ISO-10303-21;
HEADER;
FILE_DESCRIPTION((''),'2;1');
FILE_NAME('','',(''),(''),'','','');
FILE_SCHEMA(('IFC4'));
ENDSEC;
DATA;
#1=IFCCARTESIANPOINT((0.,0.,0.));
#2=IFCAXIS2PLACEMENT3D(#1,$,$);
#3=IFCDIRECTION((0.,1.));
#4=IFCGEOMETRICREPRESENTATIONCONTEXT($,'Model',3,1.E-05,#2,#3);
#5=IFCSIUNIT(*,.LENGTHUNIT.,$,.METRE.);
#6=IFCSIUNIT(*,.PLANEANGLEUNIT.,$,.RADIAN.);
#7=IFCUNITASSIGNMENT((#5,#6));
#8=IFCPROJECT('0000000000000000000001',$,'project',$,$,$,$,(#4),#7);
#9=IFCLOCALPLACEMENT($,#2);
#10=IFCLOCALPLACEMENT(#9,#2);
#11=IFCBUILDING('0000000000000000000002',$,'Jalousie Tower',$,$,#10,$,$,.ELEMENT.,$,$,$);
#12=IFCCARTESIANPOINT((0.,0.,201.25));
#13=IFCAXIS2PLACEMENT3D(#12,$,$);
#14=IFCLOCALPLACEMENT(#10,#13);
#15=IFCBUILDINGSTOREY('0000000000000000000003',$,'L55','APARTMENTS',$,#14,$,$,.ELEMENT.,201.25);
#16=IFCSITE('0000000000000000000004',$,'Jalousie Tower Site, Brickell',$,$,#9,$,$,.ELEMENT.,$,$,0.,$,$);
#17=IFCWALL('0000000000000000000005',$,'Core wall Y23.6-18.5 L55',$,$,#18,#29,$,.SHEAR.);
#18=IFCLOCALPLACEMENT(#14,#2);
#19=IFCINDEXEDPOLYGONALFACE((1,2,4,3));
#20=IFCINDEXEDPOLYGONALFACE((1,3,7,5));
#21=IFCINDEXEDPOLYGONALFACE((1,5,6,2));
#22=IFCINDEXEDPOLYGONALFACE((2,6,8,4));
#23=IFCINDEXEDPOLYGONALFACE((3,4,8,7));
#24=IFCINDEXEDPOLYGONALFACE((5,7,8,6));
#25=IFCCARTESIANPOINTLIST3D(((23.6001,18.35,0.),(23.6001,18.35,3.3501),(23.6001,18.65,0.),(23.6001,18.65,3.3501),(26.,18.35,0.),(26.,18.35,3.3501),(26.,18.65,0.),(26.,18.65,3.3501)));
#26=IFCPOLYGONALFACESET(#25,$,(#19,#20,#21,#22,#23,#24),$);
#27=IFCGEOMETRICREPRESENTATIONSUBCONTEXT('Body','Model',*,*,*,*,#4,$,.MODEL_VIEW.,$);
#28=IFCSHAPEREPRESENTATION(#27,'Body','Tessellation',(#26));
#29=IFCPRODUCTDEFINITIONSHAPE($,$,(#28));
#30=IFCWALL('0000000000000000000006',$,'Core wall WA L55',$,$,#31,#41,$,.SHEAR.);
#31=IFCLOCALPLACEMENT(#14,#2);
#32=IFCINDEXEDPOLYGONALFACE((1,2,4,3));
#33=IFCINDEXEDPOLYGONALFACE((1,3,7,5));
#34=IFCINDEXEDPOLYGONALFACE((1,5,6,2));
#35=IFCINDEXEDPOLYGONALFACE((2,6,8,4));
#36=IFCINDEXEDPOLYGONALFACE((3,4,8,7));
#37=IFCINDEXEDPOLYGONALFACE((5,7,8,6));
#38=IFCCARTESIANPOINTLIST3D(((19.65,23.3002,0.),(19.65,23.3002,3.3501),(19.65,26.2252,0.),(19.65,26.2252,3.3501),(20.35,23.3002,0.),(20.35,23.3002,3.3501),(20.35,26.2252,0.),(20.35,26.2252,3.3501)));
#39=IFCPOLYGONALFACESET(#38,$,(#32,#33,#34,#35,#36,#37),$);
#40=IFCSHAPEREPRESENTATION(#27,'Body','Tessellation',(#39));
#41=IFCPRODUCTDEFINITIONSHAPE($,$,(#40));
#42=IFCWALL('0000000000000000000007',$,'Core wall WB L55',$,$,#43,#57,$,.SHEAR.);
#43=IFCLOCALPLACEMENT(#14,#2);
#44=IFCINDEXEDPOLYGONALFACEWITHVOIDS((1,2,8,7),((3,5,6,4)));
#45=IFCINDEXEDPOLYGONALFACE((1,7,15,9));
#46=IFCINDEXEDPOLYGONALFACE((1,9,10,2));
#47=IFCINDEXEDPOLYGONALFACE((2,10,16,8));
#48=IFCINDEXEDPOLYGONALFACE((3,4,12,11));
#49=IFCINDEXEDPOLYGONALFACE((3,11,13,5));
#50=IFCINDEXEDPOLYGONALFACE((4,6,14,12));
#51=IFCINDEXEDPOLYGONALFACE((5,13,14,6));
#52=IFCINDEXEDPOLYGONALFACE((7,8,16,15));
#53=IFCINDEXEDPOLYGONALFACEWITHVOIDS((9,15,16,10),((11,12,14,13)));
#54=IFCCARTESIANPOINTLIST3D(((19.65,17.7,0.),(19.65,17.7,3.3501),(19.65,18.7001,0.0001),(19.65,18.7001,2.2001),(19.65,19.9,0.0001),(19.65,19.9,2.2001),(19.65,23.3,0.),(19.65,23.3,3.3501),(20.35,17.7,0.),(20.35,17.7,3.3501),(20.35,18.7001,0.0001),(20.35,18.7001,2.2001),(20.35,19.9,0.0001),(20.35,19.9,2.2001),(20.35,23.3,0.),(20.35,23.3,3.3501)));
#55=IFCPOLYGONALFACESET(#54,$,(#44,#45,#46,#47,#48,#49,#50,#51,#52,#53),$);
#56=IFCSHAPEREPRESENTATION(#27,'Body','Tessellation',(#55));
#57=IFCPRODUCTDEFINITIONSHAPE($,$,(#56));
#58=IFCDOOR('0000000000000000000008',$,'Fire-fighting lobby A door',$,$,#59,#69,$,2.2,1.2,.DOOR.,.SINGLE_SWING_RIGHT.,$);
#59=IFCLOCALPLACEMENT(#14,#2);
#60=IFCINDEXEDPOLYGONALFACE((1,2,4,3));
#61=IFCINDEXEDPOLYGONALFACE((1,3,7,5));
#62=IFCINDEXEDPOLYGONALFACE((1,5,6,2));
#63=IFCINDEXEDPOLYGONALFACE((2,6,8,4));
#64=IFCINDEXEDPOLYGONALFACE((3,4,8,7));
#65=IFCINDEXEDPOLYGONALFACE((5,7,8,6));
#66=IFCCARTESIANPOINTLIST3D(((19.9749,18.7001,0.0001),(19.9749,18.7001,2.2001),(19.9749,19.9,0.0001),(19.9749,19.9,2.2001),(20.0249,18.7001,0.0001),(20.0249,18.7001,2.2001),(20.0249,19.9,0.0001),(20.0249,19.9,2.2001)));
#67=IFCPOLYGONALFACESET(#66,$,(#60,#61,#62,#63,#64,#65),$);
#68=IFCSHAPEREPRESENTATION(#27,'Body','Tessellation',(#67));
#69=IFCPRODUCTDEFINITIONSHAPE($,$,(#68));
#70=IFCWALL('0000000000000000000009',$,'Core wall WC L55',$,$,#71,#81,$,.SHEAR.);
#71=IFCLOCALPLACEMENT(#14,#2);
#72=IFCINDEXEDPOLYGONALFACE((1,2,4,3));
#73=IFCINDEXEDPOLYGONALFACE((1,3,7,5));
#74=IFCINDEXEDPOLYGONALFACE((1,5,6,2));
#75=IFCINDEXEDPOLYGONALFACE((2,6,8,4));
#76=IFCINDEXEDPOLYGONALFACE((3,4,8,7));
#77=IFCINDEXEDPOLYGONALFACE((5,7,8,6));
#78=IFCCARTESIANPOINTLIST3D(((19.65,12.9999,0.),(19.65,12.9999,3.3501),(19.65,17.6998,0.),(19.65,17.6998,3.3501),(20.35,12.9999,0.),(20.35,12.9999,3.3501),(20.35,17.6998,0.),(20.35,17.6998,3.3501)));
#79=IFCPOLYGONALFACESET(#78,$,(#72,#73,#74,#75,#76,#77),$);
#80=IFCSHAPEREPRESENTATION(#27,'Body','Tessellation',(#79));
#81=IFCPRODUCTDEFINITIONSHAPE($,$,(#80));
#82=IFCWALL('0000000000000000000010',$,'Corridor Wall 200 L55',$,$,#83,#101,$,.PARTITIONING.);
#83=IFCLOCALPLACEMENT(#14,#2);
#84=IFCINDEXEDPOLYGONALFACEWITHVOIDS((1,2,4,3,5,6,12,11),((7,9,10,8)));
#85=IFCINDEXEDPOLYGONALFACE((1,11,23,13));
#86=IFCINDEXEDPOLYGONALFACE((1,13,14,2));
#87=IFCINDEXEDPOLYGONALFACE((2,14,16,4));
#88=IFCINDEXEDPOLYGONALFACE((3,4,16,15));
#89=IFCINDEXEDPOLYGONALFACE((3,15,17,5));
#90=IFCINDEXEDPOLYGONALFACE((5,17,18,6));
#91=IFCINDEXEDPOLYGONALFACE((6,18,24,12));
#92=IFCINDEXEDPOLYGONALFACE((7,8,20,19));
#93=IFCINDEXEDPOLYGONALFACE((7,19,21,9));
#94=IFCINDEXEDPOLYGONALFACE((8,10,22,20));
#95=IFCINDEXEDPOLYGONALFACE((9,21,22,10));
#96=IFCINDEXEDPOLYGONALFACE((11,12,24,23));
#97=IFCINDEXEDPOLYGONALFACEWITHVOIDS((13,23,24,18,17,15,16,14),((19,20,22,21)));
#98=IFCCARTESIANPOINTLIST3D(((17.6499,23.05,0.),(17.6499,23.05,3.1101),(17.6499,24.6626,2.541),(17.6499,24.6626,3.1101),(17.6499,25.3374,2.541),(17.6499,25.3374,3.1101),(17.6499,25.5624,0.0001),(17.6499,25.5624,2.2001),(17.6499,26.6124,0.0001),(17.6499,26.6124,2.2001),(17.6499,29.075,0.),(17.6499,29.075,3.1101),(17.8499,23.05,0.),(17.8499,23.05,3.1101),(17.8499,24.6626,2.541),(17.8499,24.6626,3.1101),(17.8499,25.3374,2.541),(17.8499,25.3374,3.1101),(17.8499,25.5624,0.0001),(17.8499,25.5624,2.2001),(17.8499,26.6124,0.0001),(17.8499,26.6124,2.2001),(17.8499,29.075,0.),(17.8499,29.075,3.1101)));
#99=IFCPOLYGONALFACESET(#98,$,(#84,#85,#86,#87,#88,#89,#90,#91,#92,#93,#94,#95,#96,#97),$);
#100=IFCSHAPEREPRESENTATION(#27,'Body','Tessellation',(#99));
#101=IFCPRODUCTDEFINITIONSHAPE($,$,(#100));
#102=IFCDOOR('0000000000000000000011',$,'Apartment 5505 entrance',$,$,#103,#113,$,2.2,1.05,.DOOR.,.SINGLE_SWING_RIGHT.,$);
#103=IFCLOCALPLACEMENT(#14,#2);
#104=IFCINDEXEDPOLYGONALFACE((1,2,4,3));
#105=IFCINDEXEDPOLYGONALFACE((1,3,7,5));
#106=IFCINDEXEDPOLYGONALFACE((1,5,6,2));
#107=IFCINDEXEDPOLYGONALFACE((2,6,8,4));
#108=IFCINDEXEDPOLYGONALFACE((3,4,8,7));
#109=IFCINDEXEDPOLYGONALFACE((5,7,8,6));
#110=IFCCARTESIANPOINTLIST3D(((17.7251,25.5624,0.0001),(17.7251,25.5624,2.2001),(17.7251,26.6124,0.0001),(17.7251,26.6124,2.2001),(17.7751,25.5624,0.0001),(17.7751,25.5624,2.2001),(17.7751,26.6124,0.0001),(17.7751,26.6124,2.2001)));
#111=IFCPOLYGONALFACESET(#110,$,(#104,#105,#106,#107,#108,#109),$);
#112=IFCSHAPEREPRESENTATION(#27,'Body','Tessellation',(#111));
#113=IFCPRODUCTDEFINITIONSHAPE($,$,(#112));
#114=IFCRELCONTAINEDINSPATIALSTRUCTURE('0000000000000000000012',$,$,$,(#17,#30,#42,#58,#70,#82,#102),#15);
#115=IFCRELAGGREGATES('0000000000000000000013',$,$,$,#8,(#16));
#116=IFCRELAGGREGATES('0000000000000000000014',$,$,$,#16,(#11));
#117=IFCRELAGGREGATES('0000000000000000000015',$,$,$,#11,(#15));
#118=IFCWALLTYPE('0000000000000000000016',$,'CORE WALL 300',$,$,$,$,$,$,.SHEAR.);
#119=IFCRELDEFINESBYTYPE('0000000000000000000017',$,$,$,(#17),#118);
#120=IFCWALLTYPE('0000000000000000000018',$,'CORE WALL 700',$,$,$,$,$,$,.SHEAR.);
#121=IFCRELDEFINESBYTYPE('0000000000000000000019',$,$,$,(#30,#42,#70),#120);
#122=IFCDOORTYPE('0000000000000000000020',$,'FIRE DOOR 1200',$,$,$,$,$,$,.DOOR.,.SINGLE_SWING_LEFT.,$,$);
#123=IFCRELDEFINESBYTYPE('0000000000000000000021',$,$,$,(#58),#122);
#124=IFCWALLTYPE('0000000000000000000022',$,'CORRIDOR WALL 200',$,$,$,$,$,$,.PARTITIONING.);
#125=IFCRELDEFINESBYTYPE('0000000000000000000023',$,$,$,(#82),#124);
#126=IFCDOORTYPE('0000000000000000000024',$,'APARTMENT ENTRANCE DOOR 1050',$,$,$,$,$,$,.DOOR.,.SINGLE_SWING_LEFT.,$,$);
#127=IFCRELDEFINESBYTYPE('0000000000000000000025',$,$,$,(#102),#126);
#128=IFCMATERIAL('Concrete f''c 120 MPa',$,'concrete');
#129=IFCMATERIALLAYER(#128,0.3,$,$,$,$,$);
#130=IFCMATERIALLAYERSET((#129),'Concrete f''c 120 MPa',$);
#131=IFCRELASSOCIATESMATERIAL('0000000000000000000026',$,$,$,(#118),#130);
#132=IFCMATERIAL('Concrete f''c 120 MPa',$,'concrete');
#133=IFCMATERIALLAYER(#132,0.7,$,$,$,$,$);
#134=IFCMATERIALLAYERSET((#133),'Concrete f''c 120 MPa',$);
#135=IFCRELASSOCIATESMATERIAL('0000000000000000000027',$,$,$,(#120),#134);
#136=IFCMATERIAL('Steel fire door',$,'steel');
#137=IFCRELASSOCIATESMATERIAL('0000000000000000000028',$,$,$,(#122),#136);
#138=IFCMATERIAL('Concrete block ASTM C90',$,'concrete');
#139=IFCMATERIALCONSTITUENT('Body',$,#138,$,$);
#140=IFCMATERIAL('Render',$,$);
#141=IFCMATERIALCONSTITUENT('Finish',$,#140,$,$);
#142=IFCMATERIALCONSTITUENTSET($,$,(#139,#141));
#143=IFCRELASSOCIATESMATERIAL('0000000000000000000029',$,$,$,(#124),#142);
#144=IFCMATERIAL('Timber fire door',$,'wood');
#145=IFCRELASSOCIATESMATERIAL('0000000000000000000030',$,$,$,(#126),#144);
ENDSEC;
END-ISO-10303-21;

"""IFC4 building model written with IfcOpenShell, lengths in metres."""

from ifc_helpers import new_model, si_unit, direction, frame, frame_2d, origin, place, context, subcontext, project, spatial, polyline, rectangle, outline, extrude, material, layer, layer_set, constituent, constituent_set, type_object, element, fill, save


model = new_model("IFC4")

# Units and contexts
model_context = context("Model", 3, precision=1e-05, world=origin(), true_north=direction((0.0, 1.0)))
body_context = subcontext(model_context, "Body", "Model", "MODEL_VIEW")
ifc_project = project(units=[si_unit("LENGTHUNIT", "METRE"), si_unit("PLANEANGLEUNIT", "RADIAN")], contexts=[model_context])

# Site, building, storey
site_placement = place(None, origin())
site = spatial("IfcSite", under=ifc_project, at=site_placement, Name="Jalousie Tower Site, Brickell", CompositionType="ELEMENT", RefElevation=0.0)
building_placement = place(site_placement, origin())
building = spatial("IfcBuilding", under=site, at=building_placement, Name="Jalousie Tower", CompositionType="ELEMENT")
storey_placement = place(building_placement, frame((0.0, 0.0, 201.25)))
storey = spatial("IfcBuildingStorey", under=building, at=storey_placement, Name="L55", Description="APARTMENTS", CompositionType="ELEMENT", Elevation=201.25)

# Shared definitions
ifc_material_1 = material(Name="Concrete f'c 120 MPa", Category="concrete")
ifc_layer_1 = layer(ifc_material_1, 0.3)
ifc_layer_set_1 = layer_set([ifc_layer_1], Name="Concrete f'c 120 MPa")
wall_type_1 = type_object("IfcWallType", Name="CORE WALL 300", PredefinedType="SHEAR", material=ifc_layer_set_1)

# Walls
wall_1_placement = place(storey_placement, frame((23.6001, 18.5, 0.0), z_axis=(0.0, 0.0, 1.0), x_axis=(1.0, 0.0, 0.0)))
element("IfcWall", 1, at=wall_1_placement, inside=storey, type_object=wall_type_1, Name="Core wall Y23.6-18.5 L55", PredefinedType="SHEAR", context=body_context, shape_type="SweptSolid", body=[
    extrude(rectangle(XDim=2.3999, YDim=0.3, at=frame_2d((1.2, 0.0))), origin(), (0.0, 0.0, 1.0), 3.3501),
])
ifc_material_2 = material(Name="Concrete f'c 120 MPa", Category="concrete")
ifc_layer_2 = layer(ifc_material_2, 0.7)
ifc_layer_set_2 = layer_set([ifc_layer_2], Name="Concrete f'c 120 MPa")
wall_type_2 = type_object("IfcWallType", Name="CORE WALL 700", PredefinedType="SHEAR", material=ifc_layer_set_2)
wall_2_placement = place(storey_placement, frame((20.0, 26.2251, 0.0), z_axis=(0.0, 0.0, 1.0), x_axis=(0.0, -1.0, 0.0)))
element("IfcWall", 2, at=wall_2_placement, inside=storey, type_object=wall_type_2, Name="Core wall WA L55", PredefinedType="SHEAR", context=body_context, shape_type="SweptSolid", body=[
    extrude(rectangle(XDim=2.925, YDim=0.7, at=frame_2d((1.4624, 0.0))), origin(), (0.0, 0.0, 1.0), 3.3501),
])

# Wall, opening, door
wall_3_placement = place(storey_placement, frame((20.0, 23.3, 0.0), z_axis=(0.0, 0.0, 1.0), x_axis=(0.0, -1.0, 0.0)))
wall_3 = element("IfcWall", 3, at=wall_3_placement, inside=storey, type_object=wall_type_2, Name="Core wall WB L55", PredefinedType="SHEAR", context=body_context, shape_type="SweptSolid", body=[
    extrude(rectangle(XDim=5.6001, YDim=0.7, at=frame_2d((2.8, 0.0))), origin(), (0.0, 0.0, 1.0), 3.3501),
])
opening_1_placement = place(wall_3_placement, frame((3.3999, 0.0, 0.0)))
opening_1 = element("IfcOpeningElement", 4, at=opening_1_placement, cuts=wall_3, PredefinedType="OPENING", context=body_context, shape_type="SweptSolid", body=[
    extrude(rectangle(XDim=1.2, YDim=2.2, at=frame_2d((0.6001, 1.1001))), frame((0.0, 0.3599, 0.0), z_axis=(0.0, -1.0, 0.0), x_axis=(1.0, 0.0, 0.0)), (0.0, 0.0, 1.0), 0.72),
])
ifc_material_3 = material(Name="Steel fire door", Category="steel")
door_type_1 = type_object("IfcDoorType", Name="FIRE DOOR 1200", OperationType="SINGLE_SWING_LEFT", PredefinedType="DOOR", material=ifc_material_3)
door_1_placement = place(opening_1_placement, origin())
door_1 = element("IfcDoor", 5, at=door_1_placement, inside=storey, type_object=door_type_1, Name="Fire-fighting lobby A door", OperationType="SINGLE_SWING_RIGHT", OverallHeight=2.2, OverallWidth=1.2, PredefinedType="DOOR", context=body_context, shape_type="SweptSolid", body=[
    extrude(rectangle(XDim=1.2, YDim=2.2, at=frame_2d((0.6001, 1.1001))), frame((0.0, 0.0249, 0.0), z_axis=(0.0, -1.0, 0.0), x_axis=(1.0, 0.0, 0.0)), (0.0, 0.0, 1.0), 0.05),
])
fill(opening_1, door_1)

# Wall
wall_4_placement = place(storey_placement, frame((20.0, 17.7, 0.0), z_axis=(0.0, 0.0, 1.0), x_axis=(0.0, -1.0, 0.0)))
element("IfcWall", 6, at=wall_4_placement, inside=storey, type_object=wall_type_2, Name="Core wall WC L55", PredefinedType="SHEAR", context=body_context, shape_type="SweptSolid", body=[
    extrude(rectangle(XDim=4.7, YDim=0.7, at=frame_2d((2.3501, 0.0))), origin(), (0.0, 0.0, 1.0), 3.3501),
])

# Wall, opening, door
ifc_material_4 = material(Name="Concrete block ASTM C90", Category="concrete")
ifc_constituent_1 = constituent(ifc_material_4, Name="Body")
ifc_material_5 = material(Name="Render")
ifc_constituent_2 = constituent(ifc_material_5, Name="Finish")
ifc_constituent_set_1 = constituent_set(constituents=[ifc_constituent_1, ifc_constituent_2])
wall_type_3 = type_object("IfcWallType", Name="CORRIDOR WALL 200", PredefinedType="PARTITIONING", material=ifc_constituent_set_1)
wall_5_placement = place(storey_placement, frame((17.75, 23.05, 0.0), z_axis=(0.0, 0.0, 1.0), x_axis=(0.0, 1.0, 0.0)))
wall_5 = element("IfcWall", 7, at=wall_5_placement, inside=storey, type_object=wall_type_3, Name="Corridor Wall 200 L55", PredefinedType="PARTITIONING", context=body_context, shape_type="SweptSolid", body=[
    extrude(outline(polyline([(0.0, 0.0), (6.0249, 0.0), (6.0249, 3.1101), (2.2874, 3.1101), (2.2874, 2.541), (1.6125, 2.541), (1.6125, 3.1101), (0.0, 3.1101), (0.0, 0.0)])), frame((0.0, 0.1001, 0.0), z_axis=(0.0, -1.0, 0.0), x_axis=(1.0, 0.0, 0.0)), (0.0, 0.0, 1.0), 0.2),
])
opening_2_placement = place(wall_5_placement, frame((2.5125, 0.0, 0.0)))
opening_2 = element("IfcOpeningElement", 8, at=opening_2_placement, cuts=wall_5, PredefinedType="OPENING", context=body_context, shape_type="SweptSolid", body=[
    extrude(rectangle(XDim=1.05, YDim=2.2, at=frame_2d((0.5249, 1.1001))), frame((0.0, 0.1099, 0.0), z_axis=(0.0, -1.0, 0.0), x_axis=(1.0, 0.0, 0.0)), (0.0, 0.0, 1.0), 0.22),
])
ifc_material_6 = material(Name="Timber fire door", Category="wood")
door_type_2 = type_object("IfcDoorType", Name="APARTMENT ENTRANCE DOOR 1050", OperationType="SINGLE_SWING_LEFT", PredefinedType="DOOR", material=ifc_material_6)
door_2_placement = place(opening_2_placement, origin())
door_2 = element("IfcDoor", 9, at=door_2_placement, inside=storey, type_object=door_type_2, Name="Apartment 5505 entrance", OperationType="SINGLE_SWING_RIGHT", OverallHeight=2.2, OverallWidth=1.05, PredefinedType="DOOR", context=body_context, shape_type="SweptSolid", body=[
    extrude(rectangle(XDim=1.05, YDim=2.2, at=frame_2d((0.5249, 1.1001))), frame((0.0, 0.0249, 0.0), z_axis=(0.0, -1.0, 0.0), x_axis=(1.0, 0.0, 0.0)), (0.0, 0.0, 1.0), 0.05),
])
fill(opening_2, door_2)

save(model, "model.ifc")
